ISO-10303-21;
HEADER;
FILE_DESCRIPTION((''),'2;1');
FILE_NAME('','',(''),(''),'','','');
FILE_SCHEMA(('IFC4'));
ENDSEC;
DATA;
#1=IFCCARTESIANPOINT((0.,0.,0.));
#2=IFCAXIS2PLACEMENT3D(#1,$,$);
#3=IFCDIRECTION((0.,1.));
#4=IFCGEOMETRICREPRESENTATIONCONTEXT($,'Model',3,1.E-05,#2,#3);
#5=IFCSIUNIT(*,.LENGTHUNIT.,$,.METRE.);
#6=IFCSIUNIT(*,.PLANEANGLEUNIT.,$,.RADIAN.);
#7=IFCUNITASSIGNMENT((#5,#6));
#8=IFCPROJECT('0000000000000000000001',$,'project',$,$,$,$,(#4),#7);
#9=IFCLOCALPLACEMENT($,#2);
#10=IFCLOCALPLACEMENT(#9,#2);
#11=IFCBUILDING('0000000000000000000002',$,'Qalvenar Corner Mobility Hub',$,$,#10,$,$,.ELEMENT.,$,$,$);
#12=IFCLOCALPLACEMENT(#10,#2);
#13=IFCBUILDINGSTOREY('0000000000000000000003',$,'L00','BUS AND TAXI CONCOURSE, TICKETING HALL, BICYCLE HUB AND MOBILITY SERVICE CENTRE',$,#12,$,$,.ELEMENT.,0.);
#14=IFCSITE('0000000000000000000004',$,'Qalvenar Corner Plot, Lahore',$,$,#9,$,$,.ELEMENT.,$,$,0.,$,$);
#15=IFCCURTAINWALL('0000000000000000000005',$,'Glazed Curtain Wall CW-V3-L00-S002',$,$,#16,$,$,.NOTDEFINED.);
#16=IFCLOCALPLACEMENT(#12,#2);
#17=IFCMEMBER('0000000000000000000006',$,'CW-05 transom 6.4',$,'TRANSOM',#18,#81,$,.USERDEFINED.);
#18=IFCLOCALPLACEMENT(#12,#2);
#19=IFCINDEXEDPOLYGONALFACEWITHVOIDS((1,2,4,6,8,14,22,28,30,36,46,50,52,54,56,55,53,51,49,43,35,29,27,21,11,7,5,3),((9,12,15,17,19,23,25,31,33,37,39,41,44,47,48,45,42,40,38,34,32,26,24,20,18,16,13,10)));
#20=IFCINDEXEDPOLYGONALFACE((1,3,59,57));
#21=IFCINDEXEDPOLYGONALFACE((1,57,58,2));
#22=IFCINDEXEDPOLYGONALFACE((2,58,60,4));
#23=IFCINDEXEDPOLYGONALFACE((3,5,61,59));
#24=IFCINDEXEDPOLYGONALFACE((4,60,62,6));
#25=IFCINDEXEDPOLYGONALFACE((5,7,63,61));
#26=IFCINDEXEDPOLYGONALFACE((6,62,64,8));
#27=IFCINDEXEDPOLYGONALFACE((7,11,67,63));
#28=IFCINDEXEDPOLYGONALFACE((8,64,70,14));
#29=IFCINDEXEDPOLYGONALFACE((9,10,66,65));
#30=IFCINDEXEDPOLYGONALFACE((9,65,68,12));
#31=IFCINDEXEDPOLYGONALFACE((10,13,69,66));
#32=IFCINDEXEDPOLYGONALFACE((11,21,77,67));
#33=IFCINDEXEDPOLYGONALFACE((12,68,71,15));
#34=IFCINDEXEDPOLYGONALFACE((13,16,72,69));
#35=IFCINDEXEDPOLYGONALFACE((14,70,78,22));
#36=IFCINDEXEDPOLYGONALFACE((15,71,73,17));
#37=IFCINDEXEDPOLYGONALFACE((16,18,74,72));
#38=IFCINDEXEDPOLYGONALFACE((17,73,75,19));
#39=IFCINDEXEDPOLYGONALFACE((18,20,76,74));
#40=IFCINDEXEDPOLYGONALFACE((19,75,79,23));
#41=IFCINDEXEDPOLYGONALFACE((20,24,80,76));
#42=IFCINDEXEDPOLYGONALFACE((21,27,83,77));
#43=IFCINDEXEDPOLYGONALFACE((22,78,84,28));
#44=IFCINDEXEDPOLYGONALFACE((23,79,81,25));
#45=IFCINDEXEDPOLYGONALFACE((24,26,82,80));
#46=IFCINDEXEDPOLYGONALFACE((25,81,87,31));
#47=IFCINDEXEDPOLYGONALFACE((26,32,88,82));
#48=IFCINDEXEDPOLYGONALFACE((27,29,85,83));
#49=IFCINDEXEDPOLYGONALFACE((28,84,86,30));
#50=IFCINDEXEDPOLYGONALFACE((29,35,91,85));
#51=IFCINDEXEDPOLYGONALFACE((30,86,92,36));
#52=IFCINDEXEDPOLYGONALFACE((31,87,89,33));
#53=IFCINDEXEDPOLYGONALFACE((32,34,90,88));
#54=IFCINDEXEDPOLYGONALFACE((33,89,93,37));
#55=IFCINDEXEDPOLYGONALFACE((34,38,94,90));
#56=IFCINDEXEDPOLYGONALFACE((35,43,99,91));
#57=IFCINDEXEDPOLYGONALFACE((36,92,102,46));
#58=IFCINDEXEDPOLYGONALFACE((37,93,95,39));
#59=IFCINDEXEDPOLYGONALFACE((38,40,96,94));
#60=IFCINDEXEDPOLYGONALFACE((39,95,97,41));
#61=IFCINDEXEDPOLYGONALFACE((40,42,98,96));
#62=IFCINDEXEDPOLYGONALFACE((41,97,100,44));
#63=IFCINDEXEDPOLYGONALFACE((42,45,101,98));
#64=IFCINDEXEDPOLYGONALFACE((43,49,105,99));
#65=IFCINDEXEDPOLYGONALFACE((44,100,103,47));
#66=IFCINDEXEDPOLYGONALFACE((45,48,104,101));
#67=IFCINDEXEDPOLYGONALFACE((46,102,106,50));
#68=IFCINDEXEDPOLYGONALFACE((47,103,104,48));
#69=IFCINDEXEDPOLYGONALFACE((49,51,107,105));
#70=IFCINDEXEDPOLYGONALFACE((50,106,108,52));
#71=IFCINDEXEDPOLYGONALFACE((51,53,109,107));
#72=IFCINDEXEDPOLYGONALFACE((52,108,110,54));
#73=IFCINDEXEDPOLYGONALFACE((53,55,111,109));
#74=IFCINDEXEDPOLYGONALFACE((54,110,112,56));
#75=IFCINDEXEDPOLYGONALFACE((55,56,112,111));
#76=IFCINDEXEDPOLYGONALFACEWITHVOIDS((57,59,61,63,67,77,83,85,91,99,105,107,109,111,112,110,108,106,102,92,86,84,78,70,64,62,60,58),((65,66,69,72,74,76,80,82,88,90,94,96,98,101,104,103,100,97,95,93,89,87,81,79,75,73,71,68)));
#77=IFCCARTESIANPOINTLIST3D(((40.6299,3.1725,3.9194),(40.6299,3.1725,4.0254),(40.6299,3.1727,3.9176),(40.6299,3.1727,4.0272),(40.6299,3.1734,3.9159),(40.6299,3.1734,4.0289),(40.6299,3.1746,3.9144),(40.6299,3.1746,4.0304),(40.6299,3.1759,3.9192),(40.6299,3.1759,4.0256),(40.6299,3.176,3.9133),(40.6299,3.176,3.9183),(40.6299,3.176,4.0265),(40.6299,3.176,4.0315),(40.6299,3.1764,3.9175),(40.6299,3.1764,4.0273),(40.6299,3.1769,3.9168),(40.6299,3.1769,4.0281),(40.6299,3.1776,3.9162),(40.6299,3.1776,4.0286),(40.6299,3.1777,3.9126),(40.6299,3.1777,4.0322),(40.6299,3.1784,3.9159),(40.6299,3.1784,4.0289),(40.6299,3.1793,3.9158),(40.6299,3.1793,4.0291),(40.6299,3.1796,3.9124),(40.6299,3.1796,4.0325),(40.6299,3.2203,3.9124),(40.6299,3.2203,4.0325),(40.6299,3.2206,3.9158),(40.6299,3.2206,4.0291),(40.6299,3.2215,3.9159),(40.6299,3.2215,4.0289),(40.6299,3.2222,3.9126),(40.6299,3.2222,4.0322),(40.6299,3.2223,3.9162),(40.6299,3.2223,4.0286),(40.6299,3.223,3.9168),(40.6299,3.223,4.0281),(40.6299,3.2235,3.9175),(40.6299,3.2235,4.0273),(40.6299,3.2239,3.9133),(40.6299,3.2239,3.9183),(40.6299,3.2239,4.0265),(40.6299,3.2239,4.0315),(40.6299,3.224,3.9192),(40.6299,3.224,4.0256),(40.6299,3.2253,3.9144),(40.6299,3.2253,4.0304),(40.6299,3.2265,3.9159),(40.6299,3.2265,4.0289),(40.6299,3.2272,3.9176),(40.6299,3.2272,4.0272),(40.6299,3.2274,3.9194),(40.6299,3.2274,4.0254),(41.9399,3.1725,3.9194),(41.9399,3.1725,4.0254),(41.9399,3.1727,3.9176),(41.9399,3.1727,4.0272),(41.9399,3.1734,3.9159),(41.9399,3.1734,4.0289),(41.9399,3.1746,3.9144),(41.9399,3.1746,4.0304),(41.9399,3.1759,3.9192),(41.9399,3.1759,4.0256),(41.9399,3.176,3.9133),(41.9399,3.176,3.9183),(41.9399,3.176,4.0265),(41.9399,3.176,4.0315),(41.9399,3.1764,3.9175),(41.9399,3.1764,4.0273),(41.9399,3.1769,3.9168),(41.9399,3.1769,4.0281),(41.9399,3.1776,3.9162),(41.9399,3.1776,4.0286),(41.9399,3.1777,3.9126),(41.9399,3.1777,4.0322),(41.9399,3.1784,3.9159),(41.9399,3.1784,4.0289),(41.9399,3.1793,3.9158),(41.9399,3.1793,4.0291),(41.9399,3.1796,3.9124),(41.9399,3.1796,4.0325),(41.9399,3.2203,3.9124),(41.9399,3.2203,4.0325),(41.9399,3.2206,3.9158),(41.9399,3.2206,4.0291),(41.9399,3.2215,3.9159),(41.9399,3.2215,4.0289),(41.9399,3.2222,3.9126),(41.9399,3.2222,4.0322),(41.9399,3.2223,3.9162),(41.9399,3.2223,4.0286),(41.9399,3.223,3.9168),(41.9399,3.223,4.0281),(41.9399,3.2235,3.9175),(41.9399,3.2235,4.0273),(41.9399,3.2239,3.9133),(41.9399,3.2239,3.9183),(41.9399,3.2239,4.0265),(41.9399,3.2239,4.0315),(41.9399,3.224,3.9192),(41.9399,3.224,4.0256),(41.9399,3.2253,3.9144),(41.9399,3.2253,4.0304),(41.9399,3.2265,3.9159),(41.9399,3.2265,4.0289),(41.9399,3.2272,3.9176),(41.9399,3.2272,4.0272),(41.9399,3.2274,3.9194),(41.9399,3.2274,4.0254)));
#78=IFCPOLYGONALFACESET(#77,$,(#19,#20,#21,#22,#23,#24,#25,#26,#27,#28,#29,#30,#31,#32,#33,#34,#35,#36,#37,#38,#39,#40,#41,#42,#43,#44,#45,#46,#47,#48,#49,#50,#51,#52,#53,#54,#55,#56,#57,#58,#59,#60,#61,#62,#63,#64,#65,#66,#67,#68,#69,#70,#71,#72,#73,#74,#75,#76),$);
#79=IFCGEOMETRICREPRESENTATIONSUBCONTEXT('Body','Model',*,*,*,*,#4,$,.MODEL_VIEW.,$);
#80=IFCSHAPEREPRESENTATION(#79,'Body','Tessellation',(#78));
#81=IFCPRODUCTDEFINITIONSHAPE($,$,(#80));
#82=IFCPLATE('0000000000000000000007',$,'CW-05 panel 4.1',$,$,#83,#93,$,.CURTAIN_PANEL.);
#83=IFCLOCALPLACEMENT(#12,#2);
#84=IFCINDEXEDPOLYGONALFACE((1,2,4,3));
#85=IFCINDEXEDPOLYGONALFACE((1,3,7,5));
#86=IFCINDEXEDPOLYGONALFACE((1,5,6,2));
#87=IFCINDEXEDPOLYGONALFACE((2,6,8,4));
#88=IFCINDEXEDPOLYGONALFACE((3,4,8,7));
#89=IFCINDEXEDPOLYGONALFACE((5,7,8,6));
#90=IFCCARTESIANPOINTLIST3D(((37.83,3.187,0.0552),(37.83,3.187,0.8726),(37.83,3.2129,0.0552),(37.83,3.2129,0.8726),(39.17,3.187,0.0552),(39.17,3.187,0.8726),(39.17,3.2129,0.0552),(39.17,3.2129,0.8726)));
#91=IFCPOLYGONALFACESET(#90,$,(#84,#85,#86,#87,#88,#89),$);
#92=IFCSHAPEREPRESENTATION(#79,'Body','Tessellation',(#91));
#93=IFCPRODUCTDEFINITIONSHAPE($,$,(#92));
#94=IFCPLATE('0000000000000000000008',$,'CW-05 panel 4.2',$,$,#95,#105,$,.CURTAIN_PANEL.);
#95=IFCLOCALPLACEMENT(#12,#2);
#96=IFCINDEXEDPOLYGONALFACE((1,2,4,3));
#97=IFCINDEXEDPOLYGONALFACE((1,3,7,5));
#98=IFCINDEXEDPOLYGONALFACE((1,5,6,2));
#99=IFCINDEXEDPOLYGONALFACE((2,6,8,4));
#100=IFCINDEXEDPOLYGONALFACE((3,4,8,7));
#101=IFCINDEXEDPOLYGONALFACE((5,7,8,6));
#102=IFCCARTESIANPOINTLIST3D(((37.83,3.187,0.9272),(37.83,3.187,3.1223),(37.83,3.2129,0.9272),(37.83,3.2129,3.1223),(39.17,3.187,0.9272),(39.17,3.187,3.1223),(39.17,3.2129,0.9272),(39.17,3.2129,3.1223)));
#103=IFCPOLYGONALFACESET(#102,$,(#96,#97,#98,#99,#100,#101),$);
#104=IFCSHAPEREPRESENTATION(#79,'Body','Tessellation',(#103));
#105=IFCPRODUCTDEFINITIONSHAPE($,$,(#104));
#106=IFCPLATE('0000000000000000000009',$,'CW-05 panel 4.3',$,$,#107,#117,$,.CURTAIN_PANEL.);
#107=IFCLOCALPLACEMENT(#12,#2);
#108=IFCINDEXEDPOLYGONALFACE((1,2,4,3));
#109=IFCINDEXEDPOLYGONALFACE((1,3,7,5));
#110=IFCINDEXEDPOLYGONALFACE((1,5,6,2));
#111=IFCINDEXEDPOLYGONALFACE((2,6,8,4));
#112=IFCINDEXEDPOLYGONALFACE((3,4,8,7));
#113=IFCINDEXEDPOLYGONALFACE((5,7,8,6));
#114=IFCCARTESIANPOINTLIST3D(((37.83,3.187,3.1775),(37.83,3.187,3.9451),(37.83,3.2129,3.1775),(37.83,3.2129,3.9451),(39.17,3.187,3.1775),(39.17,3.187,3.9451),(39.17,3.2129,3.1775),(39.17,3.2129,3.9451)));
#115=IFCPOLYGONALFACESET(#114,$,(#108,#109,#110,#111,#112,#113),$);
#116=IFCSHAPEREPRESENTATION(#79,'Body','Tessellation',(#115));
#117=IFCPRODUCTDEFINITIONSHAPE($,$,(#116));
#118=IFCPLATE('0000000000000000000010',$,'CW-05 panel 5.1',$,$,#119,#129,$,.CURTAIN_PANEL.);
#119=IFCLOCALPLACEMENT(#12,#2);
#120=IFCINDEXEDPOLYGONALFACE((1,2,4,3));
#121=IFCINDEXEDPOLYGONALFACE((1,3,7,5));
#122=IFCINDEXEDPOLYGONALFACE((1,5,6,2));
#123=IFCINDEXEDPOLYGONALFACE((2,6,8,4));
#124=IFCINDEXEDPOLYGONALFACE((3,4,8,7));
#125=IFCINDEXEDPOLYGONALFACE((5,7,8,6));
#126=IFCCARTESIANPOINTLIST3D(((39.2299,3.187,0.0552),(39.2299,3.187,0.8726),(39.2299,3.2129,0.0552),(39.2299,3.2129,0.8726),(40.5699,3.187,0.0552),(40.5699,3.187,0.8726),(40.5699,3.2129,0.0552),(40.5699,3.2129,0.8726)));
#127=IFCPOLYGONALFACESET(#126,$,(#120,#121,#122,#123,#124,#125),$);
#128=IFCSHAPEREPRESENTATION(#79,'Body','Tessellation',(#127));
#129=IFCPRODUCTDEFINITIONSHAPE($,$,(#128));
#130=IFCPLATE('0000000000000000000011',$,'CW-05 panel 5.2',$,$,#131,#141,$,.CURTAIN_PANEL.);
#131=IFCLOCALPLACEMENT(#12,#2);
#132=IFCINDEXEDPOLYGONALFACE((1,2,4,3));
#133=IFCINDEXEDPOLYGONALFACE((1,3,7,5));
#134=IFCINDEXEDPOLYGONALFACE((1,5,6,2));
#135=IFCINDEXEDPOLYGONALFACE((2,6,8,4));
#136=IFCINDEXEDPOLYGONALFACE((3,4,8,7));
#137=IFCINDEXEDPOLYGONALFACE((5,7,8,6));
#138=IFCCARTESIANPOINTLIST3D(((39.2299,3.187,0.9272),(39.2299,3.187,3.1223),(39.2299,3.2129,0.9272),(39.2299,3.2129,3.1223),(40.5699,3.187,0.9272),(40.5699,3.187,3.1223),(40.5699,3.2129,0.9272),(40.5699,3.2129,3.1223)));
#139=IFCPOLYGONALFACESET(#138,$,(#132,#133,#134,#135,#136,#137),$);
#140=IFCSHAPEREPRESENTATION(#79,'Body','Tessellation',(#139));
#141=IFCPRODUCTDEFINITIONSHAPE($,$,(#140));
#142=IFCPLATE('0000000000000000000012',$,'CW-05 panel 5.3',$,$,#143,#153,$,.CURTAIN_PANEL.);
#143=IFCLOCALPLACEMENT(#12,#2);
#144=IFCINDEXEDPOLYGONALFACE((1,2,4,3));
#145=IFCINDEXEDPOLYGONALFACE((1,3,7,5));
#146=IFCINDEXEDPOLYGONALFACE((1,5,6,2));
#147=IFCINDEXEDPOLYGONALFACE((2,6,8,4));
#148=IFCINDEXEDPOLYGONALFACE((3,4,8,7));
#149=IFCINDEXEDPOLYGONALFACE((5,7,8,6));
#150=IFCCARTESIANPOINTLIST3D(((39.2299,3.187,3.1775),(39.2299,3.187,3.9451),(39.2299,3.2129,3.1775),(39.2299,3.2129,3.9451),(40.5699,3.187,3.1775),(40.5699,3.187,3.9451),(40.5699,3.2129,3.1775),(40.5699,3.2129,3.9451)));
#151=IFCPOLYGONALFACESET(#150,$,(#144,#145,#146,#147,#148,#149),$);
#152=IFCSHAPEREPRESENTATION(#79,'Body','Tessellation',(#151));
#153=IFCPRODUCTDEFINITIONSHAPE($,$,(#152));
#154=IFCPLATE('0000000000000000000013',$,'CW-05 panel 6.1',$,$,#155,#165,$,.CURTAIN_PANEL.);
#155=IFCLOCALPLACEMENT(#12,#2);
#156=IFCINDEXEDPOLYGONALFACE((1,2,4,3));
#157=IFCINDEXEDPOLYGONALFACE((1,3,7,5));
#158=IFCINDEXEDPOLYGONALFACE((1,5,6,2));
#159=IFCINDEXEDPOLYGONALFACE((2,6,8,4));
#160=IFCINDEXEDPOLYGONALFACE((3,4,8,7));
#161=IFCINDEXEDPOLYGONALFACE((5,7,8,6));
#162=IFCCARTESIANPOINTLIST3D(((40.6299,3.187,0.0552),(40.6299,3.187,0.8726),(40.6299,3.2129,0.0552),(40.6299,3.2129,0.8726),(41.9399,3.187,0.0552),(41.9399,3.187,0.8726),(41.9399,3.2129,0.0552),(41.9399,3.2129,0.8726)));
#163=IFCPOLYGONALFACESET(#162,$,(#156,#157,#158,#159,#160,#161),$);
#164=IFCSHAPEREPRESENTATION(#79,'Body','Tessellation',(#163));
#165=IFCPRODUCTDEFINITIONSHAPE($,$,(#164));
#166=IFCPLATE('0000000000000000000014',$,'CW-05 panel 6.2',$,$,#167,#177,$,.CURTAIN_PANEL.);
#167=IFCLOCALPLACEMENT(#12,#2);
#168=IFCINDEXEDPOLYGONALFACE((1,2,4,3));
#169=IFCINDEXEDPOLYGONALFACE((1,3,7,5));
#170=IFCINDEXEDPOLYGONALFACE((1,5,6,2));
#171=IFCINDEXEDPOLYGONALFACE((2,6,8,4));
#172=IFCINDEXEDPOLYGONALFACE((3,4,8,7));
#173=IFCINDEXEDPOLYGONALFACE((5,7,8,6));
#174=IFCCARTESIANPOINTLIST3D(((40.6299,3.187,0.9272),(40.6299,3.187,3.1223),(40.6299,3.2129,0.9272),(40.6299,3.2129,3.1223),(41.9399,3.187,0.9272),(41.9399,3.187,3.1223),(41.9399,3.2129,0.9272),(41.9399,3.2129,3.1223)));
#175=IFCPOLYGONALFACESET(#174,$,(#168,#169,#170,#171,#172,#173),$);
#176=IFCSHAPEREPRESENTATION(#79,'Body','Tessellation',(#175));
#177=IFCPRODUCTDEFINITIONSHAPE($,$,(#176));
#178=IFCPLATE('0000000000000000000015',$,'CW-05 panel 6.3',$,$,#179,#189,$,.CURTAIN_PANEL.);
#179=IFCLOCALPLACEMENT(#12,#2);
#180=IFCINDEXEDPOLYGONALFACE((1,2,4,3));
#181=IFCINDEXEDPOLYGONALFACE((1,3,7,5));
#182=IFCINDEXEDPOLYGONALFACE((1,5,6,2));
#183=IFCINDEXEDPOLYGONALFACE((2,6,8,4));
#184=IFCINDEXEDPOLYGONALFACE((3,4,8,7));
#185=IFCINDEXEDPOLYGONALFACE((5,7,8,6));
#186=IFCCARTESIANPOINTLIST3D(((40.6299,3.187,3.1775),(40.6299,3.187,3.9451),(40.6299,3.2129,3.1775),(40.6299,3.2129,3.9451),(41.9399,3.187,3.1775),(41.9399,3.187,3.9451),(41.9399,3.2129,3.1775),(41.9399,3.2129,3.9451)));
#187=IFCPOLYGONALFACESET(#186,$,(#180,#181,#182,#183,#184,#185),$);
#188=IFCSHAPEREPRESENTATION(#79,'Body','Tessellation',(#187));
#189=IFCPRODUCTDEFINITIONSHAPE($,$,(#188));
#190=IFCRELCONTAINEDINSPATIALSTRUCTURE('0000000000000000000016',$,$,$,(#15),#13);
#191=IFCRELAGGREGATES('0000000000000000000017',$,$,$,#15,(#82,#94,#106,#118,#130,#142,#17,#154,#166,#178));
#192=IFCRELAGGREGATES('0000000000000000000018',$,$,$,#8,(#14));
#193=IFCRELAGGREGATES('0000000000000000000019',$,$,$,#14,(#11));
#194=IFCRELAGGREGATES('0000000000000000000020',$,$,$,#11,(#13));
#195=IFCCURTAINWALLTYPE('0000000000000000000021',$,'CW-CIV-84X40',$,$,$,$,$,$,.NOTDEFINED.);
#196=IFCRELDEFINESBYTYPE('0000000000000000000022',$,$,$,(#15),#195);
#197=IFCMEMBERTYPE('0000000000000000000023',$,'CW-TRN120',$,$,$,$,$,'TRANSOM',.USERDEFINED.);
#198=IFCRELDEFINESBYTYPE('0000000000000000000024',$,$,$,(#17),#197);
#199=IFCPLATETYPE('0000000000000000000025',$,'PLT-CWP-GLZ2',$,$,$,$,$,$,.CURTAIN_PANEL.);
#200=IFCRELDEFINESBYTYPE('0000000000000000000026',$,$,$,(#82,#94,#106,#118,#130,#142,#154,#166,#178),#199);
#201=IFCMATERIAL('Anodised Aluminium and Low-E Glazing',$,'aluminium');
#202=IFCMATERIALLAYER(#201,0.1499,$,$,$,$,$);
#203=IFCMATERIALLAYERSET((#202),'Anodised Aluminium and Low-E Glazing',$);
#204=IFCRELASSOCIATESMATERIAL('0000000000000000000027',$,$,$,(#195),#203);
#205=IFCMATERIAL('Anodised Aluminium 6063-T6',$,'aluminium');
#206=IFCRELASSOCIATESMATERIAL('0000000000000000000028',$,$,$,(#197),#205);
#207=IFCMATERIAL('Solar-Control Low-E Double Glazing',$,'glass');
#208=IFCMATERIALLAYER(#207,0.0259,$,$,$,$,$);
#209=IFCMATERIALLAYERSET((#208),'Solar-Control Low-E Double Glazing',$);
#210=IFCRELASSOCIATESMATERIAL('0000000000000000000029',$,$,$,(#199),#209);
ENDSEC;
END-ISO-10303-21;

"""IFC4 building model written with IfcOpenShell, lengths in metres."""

from ifc_helpers import new_model, si_unit, direction, frame, origin, origin_2d, place, context, subcontext, project, spatial, rectangle, hollow_rectangle, extrude, material, layer, layer_set, material_profile, profile_set, type_object, element, aggregate, save


model = new_model("IFC4")

# Units and contexts
model_context = context("Model", 3, precision=1e-05, world=origin(), true_north=direction((0.0, 1.0)))
body_context = subcontext(model_context, "Body", "Model", "MODEL_VIEW")
ifc_project = project(units=[si_unit("LENGTHUNIT", "METRE"), si_unit("PLANEANGLEUNIT", "RADIAN")], contexts=[model_context])

# Site, building, storey
site_placement = place(None, origin())
site = spatial("IfcSite", under=ifc_project, at=site_placement, Name="Qalvenar Corner Plot, Lahore", CompositionType="ELEMENT", RefElevation=0.0)
building_placement = place(site_placement, origin())
building = spatial("IfcBuilding", under=site, at=building_placement, Name="Qalvenar Corner Mobility Hub", CompositionType="ELEMENT")
storey_placement = place(building_placement, origin())
storey = spatial("IfcBuildingStorey", under=building, at=storey_placement, Name="L00", Description="BUS AND TAXI CONCOURSE, TICKETING HALL, BICYCLE HUB AND MOBILITY SERVICE CENTRE", CompositionType="ELEMENT", Elevation=0.0)

# Curtain wall, member, plates
ifc_material_1 = material(Name="Anodised Aluminium and Low-E Glazing", Category="aluminium")
ifc_layer_1 = layer(ifc_material_1, 0.1499)
ifc_layer_set_1 = layer_set([ifc_layer_1], Name="Anodised Aluminium and Low-E Glazing")
curtain_wall_type = type_object("IfcCurtainWallType", Name="CW-CIV-84X40", PredefinedType="NOTDEFINED", material=ifc_layer_set_1)
curtain_wall_placement = place(storey_placement, origin())
curtain_wall = element("IfcCurtainWall", 1, at=curtain_wall_placement, inside=storey, type_object=curtain_wall_type, Name="Glazed Curtain Wall CW-V3-L00-S002", PredefinedType="NOTDEFINED")
ifc_material_2 = material(Name="Anodised Aluminium 6063-T6", Category="aluminium")
ifc_material_profile_1 = material_profile(ifc_material_2, hollow_rectangle(XDim=0.0549, YDim=0.1201, WallThickness=0.0034, InnerFilletRadius=0.0034, OuterFilletRadius=0.0071, at=origin_2d()), Name="RHS120x55x3.5")
ifc_profile_set_1 = profile_set([ifc_material_profile_1], Name="Anodised Aluminium 6063-T6")
member_type_1 = type_object("IfcMemberType", Name="CW-TRN120", ElementType="TRANSOM", PredefinedType="USERDEFINED", material=ifc_profile_set_1)
member_1_placement = place(storey_placement, frame((40.6299, 3.2, 3.9724), z_axis=(1.0, 0.0, 0.0), x_axis=(0.0, 1.0, 0.0)))
member_1 = element("IfcMember", 2, at=member_1_placement, type_object=member_type_1, Name="CW-05 transom 6.4", ObjectType="TRANSOM", PredefinedType="USERDEFINED", context=body_context, shape_type="SweptSolid", body=[
    extrude(hollow_rectangle(XDim=0.0549, YDim=0.1201, WallThickness=0.0034, InnerFilletRadius=0.0034, OuterFilletRadius=0.0071, at=origin_2d()), origin(), (0.0, 0.0, 1.0), 1.3101),
])
ifc_material_3 = material(Name="Solar-Control Low-E Double Glazing", Category="glass")
ifc_layer_2 = layer(ifc_material_3, 0.0259)
ifc_layer_set_2 = layer_set([ifc_layer_2], Name="Solar-Control Low-E Double Glazing")
plate_type = type_object("IfcPlateType", Name="PLT-CWP-GLZ2", PredefinedType="CURTAIN_PANEL", material=ifc_layer_set_2)
plate_1_placement = place(storey_placement, frame((38.5, 3.2, 0.0552), z_axis=(0.0, 0.0, 1.0), x_axis=(1.0, 0.0, 0.0)))
plate_1 = element("IfcPlate", 3, at=plate_1_placement, type_object=plate_type, Name="CW-05 panel 4.1", PredefinedType="CURTAIN_PANEL", context=body_context, shape_type="SweptSolid", body=[
    extrude(rectangle(XDim=1.3401, YDim=0.0259, at=origin_2d()), origin(), (0.0, 0.0, 1.0), 0.8174),
])
plate_2_placement = place(storey_placement, frame((38.5, 3.2, 0.9272), z_axis=(0.0, 0.0, 1.0), x_axis=(1.0, 0.0, 0.0)))
plate_2 = element("IfcPlate", 4, at=plate_2_placement, type_object=plate_type, Name="CW-05 panel 4.2", PredefinedType="CURTAIN_PANEL", context=body_context, shape_type="SweptSolid", body=[
    extrude(rectangle(XDim=1.3401, YDim=0.0259, at=origin_2d()), origin(), (0.0, 0.0, 1.0), 2.1951),
])
plate_3_placement = place(storey_placement, frame((38.5, 3.2, 3.1775), z_axis=(0.0, 0.0, 1.0), x_axis=(1.0, 0.0, 0.0)))
plate_3 = element("IfcPlate", 5, at=plate_3_placement, type_object=plate_type, Name="CW-05 panel 4.3", PredefinedType="CURTAIN_PANEL", context=body_context, shape_type="SweptSolid", body=[
    extrude(rectangle(XDim=1.3401, YDim=0.0259, at=origin_2d()), origin(), (0.0, 0.0, 1.0), 0.7676),
])
plate_4_placement = place(storey_placement, frame((39.8999, 3.2, 0.0552), z_axis=(0.0, 0.0, 1.0), x_axis=(1.0, 0.0, 0.0)))
plate_4 = element("IfcPlate", 6, at=plate_4_placement, type_object=plate_type, Name="CW-05 panel 5.1", PredefinedType="CURTAIN_PANEL", context=body_context, shape_type="SweptSolid", body=[
    extrude(rectangle(XDim=1.3401, YDim=0.0259, at=origin_2d()), origin(), (0.0, 0.0, 1.0), 0.8174),
])
plate_5_placement = place(storey_placement, frame((39.8999, 3.2, 0.9272), z_axis=(0.0, 0.0, 1.0), x_axis=(1.0, 0.0, 0.0)))
plate_5 = element("IfcPlate", 7, at=plate_5_placement, type_object=plate_type, Name="CW-05 panel 5.2", PredefinedType="CURTAIN_PANEL", context=body_context, shape_type="SweptSolid", body=[
    extrude(rectangle(XDim=1.3401, YDim=0.0259, at=origin_2d()), origin(), (0.0, 0.0, 1.0), 2.1951),
])
plate_6_placement = place(storey_placement, frame((39.8999, 3.2, 3.1775), z_axis=(0.0, 0.0, 1.0), x_axis=(1.0, 0.0, 0.0)))
plate_6 = element("IfcPlate", 8, at=plate_6_placement, type_object=plate_type, Name="CW-05 panel 5.3", PredefinedType="CURTAIN_PANEL", context=body_context, shape_type="SweptSolid", body=[
    extrude(rectangle(XDim=1.3401, YDim=0.0259, at=origin_2d()), origin(), (0.0, 0.0, 1.0), 0.7676),
])
plate_7_placement = place(storey_placement, frame((41.2849, 3.2, 0.0552), z_axis=(0.0, 0.0, 1.0), x_axis=(1.0, 0.0, 0.0)))
plate_7 = element("IfcPlate", 9, at=plate_7_placement, type_object=plate_type, Name="CW-05 panel 6.1", PredefinedType="CURTAIN_PANEL", context=body_context, shape_type="SweptSolid", body=[
    extrude(rectangle(XDim=1.3101, YDim=0.0259, at=origin_2d()), origin(), (0.0, 0.0, 1.0), 0.8174),
])
plate_8_placement = place(storey_placement, frame((41.2849, 3.2, 0.9272), z_axis=(0.0, 0.0, 1.0), x_axis=(1.0, 0.0, 0.0)))
plate_8 = element("IfcPlate", 10, at=plate_8_placement, type_object=plate_type, Name="CW-05 panel 6.2", PredefinedType="CURTAIN_PANEL", context=body_context, shape_type="SweptSolid", body=[
    extrude(rectangle(XDim=1.3101, YDim=0.0259, at=origin_2d()), origin(), (0.0, 0.0, 1.0), 2.1951),
])
plate_9_placement = place(storey_placement, frame((41.2849, 3.2, 3.1775), z_axis=(0.0, 0.0, 1.0), x_axis=(1.0, 0.0, 0.0)))
plate_9 = element("IfcPlate", 11, at=plate_9_placement, type_object=plate_type, Name="CW-05 panel 6.3", PredefinedType="CURTAIN_PANEL", context=body_context, shape_type="SweptSolid", body=[
    extrude(rectangle(XDim=1.3101, YDim=0.0259, at=origin_2d()), origin(), (0.0, 0.0, 1.0), 0.7676),
])
aggregate(curtain_wall, [plate_1, plate_2, plate_3, plate_4, plate_5, plate_6, member_1, plate_7, plate_8, plate_9])

save(model, "model.ifc")
